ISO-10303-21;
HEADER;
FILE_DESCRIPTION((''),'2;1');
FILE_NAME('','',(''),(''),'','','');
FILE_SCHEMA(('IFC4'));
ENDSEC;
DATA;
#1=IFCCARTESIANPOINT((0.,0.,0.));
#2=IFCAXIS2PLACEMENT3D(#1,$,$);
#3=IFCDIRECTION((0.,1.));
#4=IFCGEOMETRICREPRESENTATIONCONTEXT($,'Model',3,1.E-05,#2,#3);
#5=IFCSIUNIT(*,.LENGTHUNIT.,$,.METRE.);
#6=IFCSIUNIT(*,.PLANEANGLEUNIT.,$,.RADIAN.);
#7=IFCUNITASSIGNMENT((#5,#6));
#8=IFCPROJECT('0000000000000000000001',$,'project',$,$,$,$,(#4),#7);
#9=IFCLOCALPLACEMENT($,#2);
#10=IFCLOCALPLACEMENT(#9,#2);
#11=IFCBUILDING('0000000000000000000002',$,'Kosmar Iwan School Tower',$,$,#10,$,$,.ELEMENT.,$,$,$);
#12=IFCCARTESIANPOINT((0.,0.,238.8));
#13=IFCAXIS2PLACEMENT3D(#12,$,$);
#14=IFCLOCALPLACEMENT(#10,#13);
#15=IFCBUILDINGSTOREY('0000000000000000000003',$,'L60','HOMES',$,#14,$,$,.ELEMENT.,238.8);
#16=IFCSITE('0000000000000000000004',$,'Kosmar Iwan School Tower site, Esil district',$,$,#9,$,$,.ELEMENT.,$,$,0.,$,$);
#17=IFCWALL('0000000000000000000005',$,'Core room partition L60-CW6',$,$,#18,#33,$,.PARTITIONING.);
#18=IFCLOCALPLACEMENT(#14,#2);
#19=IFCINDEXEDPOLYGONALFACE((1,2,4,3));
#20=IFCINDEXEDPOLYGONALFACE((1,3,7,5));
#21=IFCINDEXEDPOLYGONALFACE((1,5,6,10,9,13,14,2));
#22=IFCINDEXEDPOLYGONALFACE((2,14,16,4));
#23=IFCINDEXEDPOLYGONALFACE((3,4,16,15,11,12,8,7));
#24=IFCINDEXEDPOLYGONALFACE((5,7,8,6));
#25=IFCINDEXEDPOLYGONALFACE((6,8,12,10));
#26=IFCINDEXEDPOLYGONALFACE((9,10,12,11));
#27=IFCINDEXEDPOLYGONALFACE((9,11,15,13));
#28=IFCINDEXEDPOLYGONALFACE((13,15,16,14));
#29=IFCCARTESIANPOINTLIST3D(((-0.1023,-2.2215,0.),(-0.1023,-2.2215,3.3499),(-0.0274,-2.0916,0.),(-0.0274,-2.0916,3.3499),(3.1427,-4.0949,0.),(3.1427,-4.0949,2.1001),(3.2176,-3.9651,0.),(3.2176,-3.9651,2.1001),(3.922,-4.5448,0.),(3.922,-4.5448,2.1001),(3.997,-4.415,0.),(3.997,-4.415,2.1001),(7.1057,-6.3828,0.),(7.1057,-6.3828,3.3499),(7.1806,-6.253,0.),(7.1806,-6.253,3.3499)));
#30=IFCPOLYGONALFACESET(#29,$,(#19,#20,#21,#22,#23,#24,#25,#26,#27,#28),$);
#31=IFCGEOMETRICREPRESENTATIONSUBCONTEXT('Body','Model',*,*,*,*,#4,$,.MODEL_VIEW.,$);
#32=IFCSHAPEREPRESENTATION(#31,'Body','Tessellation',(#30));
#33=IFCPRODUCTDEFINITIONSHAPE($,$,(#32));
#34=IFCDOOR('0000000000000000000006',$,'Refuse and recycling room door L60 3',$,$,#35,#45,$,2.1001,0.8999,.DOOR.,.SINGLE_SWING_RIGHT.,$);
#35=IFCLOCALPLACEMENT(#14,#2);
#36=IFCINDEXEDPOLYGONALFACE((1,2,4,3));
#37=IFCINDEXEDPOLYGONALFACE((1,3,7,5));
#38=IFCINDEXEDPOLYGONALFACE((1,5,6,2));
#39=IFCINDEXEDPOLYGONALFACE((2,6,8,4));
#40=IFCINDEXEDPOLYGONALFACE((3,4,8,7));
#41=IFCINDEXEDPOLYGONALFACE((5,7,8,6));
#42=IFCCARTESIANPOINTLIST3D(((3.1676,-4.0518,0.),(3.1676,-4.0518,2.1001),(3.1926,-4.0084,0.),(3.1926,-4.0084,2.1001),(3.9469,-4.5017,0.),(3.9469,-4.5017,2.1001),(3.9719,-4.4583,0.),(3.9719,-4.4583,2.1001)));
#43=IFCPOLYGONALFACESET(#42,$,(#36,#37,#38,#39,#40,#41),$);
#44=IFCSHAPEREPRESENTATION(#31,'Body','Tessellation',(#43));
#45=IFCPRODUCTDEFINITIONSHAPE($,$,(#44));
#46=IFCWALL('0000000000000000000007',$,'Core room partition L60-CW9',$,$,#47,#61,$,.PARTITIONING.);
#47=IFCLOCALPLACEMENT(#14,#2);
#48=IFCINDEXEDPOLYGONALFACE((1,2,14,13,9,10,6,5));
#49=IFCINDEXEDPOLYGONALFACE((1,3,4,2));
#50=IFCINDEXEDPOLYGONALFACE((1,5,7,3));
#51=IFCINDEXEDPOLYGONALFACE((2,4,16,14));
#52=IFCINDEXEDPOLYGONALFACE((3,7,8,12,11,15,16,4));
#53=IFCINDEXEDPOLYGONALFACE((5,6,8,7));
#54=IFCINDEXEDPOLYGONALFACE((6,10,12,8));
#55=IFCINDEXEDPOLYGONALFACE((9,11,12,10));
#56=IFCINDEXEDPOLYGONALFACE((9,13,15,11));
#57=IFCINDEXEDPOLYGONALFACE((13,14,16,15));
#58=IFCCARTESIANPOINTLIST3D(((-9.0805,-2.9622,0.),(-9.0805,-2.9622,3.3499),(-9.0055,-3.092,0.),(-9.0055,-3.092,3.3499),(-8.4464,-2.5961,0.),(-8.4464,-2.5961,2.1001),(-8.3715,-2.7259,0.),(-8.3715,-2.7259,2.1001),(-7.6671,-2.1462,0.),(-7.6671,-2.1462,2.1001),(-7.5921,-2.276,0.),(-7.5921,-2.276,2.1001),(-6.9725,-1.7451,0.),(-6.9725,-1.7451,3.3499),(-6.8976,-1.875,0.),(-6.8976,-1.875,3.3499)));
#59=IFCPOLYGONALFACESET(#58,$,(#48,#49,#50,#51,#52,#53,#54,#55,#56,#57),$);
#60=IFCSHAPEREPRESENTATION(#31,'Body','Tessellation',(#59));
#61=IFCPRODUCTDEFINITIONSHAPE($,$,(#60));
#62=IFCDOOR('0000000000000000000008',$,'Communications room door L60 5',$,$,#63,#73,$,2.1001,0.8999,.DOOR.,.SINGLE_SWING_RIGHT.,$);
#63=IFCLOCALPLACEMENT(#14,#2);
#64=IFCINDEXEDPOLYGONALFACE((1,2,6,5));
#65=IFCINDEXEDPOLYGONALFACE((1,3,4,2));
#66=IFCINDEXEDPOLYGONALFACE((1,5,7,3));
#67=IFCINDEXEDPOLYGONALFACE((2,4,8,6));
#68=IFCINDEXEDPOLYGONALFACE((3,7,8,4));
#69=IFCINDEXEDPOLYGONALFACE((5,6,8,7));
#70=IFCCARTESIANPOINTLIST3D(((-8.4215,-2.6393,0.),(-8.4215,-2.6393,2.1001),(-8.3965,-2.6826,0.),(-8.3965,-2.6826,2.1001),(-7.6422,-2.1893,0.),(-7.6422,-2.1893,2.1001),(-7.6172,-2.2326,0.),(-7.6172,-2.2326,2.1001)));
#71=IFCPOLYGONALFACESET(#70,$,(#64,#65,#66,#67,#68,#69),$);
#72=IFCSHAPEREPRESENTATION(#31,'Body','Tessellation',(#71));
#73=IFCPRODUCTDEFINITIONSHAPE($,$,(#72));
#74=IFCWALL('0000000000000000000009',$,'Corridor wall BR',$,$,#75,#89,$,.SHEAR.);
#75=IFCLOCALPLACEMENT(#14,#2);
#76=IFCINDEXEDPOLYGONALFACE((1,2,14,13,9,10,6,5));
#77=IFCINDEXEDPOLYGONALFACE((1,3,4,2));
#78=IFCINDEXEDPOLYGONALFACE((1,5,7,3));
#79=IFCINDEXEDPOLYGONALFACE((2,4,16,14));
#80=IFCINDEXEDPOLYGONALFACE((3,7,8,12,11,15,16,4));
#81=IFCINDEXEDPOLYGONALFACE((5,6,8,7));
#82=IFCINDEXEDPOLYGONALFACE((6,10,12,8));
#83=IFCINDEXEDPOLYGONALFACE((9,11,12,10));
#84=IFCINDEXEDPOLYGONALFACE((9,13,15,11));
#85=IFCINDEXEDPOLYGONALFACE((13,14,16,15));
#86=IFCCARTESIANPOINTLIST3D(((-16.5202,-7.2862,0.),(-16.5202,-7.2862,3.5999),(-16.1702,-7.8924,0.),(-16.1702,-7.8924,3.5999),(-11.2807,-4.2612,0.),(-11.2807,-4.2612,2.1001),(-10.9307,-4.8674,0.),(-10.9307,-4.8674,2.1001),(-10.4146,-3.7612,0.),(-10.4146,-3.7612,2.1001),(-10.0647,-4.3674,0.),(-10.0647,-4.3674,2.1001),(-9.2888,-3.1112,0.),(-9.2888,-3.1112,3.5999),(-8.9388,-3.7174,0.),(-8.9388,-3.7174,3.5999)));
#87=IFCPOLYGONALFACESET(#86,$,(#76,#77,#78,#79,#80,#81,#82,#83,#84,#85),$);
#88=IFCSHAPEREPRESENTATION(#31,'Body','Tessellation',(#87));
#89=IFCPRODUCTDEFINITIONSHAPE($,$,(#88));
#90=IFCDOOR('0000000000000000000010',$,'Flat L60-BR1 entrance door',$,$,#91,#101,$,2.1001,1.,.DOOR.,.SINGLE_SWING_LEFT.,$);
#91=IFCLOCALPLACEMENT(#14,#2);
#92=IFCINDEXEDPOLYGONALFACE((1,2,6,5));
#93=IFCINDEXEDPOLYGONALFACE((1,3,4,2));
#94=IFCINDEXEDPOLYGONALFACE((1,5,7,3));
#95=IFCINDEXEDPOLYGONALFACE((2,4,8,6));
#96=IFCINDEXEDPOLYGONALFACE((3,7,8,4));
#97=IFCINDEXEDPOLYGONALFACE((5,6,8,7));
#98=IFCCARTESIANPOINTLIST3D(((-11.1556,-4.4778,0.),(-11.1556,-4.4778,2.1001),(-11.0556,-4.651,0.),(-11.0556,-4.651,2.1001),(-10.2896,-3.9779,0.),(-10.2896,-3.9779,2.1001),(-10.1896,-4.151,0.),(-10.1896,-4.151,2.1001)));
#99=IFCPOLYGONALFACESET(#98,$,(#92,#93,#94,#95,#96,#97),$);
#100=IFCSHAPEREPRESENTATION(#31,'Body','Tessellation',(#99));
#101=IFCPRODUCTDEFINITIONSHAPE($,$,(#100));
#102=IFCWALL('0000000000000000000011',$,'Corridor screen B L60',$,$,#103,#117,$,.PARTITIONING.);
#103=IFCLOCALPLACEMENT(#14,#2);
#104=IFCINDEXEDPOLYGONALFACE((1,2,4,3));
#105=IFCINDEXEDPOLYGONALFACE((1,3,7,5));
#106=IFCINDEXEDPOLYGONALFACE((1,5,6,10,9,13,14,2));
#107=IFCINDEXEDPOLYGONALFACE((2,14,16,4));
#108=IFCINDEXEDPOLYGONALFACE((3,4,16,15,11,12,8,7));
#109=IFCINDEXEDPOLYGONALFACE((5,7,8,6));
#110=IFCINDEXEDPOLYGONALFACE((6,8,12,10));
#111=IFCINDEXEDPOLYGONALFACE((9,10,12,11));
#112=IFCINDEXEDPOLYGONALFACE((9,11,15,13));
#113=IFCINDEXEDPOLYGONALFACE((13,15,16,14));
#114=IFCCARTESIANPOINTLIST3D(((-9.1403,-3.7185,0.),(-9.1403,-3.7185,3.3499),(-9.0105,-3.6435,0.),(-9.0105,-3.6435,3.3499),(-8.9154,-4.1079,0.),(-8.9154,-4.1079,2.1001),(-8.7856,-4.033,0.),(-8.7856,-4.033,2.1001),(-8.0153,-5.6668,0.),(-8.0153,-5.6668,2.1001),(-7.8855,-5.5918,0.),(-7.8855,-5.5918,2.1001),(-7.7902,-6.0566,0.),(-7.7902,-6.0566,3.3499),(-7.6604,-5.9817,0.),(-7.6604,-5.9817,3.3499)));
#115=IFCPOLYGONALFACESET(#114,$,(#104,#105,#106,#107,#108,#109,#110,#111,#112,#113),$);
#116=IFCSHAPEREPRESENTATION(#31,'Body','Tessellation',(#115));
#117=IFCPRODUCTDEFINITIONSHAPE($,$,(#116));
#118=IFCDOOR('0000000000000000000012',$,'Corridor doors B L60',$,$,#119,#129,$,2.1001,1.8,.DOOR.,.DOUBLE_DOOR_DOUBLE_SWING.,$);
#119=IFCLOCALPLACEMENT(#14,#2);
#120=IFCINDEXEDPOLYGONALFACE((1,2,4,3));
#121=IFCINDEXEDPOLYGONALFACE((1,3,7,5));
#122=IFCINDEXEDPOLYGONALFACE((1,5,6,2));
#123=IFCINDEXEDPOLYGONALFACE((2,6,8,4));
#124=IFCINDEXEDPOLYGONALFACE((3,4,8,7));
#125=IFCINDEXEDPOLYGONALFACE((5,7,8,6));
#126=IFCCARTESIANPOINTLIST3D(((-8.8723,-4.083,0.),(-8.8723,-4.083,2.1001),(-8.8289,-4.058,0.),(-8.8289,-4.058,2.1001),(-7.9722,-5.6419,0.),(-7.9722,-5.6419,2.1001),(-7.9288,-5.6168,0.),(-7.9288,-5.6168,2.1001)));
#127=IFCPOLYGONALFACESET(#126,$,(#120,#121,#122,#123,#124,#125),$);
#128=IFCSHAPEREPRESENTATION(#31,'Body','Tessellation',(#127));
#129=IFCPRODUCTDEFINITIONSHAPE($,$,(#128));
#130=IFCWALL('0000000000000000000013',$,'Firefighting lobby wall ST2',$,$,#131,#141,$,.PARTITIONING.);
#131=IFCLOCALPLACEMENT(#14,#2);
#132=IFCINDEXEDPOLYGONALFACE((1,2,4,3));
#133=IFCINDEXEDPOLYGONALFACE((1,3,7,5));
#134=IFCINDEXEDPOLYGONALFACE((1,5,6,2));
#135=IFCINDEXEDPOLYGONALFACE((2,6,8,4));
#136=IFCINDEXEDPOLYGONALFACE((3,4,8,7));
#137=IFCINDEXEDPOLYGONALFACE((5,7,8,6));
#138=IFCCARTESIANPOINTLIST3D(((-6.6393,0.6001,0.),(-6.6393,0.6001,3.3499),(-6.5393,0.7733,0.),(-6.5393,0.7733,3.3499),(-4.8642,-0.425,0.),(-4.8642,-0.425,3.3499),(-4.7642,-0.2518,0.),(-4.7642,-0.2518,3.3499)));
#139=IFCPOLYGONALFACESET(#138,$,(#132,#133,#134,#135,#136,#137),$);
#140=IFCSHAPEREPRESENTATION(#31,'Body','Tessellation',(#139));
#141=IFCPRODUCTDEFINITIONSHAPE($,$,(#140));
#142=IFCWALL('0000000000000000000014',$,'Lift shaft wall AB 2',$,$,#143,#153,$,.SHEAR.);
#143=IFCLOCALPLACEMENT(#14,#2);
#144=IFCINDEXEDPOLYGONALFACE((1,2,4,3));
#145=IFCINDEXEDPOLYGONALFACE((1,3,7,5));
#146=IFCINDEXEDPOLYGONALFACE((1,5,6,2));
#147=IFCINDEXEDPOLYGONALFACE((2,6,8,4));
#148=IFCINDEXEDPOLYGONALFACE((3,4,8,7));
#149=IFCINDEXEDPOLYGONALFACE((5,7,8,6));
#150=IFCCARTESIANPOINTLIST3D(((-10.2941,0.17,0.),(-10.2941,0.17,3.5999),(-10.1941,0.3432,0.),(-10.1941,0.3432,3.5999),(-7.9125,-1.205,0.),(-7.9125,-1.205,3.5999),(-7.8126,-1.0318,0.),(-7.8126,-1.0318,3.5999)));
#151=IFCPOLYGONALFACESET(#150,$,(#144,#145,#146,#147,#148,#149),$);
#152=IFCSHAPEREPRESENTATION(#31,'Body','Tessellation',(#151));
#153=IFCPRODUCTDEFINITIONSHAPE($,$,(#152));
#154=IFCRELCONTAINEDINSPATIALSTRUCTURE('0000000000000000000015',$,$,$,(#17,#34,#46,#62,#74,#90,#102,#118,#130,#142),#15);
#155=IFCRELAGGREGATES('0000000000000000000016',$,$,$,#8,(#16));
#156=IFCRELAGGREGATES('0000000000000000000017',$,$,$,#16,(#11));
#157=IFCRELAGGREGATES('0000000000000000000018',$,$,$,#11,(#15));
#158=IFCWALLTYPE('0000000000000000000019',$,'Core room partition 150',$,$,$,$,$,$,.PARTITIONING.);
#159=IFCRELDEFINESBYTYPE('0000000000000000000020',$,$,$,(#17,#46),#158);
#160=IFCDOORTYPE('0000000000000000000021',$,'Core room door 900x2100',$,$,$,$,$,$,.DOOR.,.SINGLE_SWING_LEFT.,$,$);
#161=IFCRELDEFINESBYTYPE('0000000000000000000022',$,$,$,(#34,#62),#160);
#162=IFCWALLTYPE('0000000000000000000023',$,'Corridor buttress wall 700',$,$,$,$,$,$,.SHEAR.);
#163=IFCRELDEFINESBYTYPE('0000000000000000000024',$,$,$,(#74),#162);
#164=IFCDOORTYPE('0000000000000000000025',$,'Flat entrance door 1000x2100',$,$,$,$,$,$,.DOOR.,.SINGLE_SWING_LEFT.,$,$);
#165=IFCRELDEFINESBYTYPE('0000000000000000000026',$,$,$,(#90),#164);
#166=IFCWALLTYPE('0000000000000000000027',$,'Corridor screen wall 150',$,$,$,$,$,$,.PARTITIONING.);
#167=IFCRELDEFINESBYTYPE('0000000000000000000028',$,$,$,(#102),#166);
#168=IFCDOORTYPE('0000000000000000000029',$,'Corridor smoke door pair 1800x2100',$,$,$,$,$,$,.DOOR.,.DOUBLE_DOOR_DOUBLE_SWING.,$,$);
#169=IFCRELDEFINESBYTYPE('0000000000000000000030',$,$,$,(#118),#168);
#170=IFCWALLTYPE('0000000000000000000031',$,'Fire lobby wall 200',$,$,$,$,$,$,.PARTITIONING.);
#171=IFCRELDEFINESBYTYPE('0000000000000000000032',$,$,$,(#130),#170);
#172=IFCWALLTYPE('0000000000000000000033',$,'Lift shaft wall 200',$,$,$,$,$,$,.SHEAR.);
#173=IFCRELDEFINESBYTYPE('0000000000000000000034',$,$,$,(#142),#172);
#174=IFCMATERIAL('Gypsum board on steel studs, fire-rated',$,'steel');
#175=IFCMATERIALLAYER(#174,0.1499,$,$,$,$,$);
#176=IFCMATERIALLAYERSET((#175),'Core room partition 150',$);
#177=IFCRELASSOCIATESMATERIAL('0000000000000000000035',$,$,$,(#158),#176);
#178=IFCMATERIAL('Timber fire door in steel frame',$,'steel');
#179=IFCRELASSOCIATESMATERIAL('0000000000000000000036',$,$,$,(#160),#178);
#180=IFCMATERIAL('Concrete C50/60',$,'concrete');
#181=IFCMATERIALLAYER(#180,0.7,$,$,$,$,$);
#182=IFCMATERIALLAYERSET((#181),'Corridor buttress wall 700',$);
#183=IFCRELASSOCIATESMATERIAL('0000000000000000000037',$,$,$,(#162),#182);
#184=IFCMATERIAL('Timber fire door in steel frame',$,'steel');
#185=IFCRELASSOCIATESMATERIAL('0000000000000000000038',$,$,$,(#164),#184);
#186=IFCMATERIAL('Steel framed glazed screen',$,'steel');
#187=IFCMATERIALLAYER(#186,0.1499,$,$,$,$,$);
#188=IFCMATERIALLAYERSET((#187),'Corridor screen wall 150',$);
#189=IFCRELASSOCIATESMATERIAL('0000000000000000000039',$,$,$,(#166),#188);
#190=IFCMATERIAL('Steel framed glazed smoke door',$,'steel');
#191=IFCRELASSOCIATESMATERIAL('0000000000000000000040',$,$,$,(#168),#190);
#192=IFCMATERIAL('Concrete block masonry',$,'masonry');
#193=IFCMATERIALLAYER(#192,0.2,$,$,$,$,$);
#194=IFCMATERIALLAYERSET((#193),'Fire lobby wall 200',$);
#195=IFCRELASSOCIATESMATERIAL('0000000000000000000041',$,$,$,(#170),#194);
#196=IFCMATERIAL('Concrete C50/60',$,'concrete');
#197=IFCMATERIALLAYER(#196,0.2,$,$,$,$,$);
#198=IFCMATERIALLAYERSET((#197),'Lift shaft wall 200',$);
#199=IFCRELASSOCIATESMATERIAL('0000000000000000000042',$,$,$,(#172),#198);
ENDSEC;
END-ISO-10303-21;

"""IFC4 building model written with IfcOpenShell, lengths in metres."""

from ifc_helpers import new_model, si_unit, direction, frame, frame_2d, origin, place, context, subcontext, project, spatial, rectangle, extrude, material, layer, layer_set, type_object, element, fill, save


model = new_model("IFC4")

# Units and contexts
model_context = context("Model", 3, precision=1e-05, world=origin(), true_north=direction((0.0, 1.0)))
body_context = subcontext(model_context, "Body", "Model", "MODEL_VIEW")
ifc_project = project(units=[si_unit("LENGTHUNIT", "METRE"), si_unit("PLANEANGLEUNIT", "RADIAN")], contexts=[model_context])

# Site, building, storey
site_placement = place(None, origin())
site = spatial("IfcSite", under=ifc_project, at=site_placement, Name="Kosmar Iwan School Tower site, Esil district", CompositionType="ELEMENT", RefElevation=0.0)
building_placement = place(site_placement, origin())
building = spatial("IfcBuilding", under=site, at=building_placement, Name="Kosmar Iwan School Tower", CompositionType="ELEMENT")
storey_placement = place(building_placement, frame((0.0, 0.0, 238.8)))
storey = spatial("IfcBuildingStorey", under=building, at=storey_placement, Name="L60", Description="HOMES", CompositionType="ELEMENT", Elevation=238.8)

# Walls, openings, doors
ifc_material_1 = material(Name="Gypsum board on steel studs, fire-rated", Category="steel")
ifc_layer_1 = layer(ifc_material_1, 0.1499)
ifc_layer_set_1 = layer_set([ifc_layer_1], Name="Core room partition 150")
wall_type_1 = type_object("IfcWallType", Name="Core room partition 150", PredefinedType="PARTITIONING", material=ifc_layer_set_1)
wall_1_placement = place(storey_placement, frame((-0.0649, -2.1565, 0.0), z_axis=(0.0, 0.0, 1.0), x_axis=(0.866034, -0.499985, 0.0)))
wall_1 = element("IfcWall", 1, at=wall_1_placement, inside=storey, type_object=wall_type_1, Name="Core room partition L60-CW6", PredefinedType="PARTITIONING", context=body_context, shape_type="SweptSolid", body=[
    extrude(rectangle(XDim=8.323, YDim=0.1499, at=frame_2d((4.1616, 0.0))), origin(), (0.0, 0.0, 1.0), 3.3499),
])
opening_1_placement = place(wall_1_placement, frame((3.7471, 0.0, 0.0)))
opening_1 = element("IfcOpeningElement", 2, at=opening_1_placement, cuts=wall_1, PredefinedType="OPENING", context=body_context, shape_type="SweptSolid", body=[
    extrude(rectangle(XDim=0.8999, YDim=2.1001, at=frame_2d((0.45, 1.05))), frame((0.0, 0.0869, 0.0), z_axis=(0.0, -1.0, 0.0), x_axis=(1.0, 0.0, 0.0)), (0.0, 0.0, 1.0), 0.1738),
])
ifc_material_2 = material(Name="Timber fire door in steel frame", Category="steel")
door_type_1 = type_object("IfcDoorType", Name="Core room door 900x2100", OperationType="SINGLE_SWING_LEFT", PredefinedType="DOOR", material=ifc_material_2)
door_1_placement = place(opening_1_placement, origin())
door_1 = element("IfcDoor", 3, at=door_1_placement, inside=storey, type_object=door_type_1, Name="Refuse and recycling room door L60 3", OperationType="SINGLE_SWING_RIGHT", OverallHeight=2.1001, OverallWidth=0.8999, PredefinedType="DOOR", context=body_context, shape_type="SweptSolid", body=[
    extrude(rectangle(XDim=0.8999, YDim=2.1001, at=frame_2d((0.45, 1.05))), frame((0.0, 0.0249, 0.0), z_axis=(0.0, -1.0, 0.0), x_axis=(1.0, 0.0, 0.0)), (0.0, 0.0, 1.0), 0.05),
])
fill(opening_1, door_1)
wall_2_placement = place(storey_placement, frame((-6.9351, -1.8101, 0.0), z_axis=(0.0, 0.0, 1.0), x_axis=(-0.866019, -0.500012, 0.0)))
wall_2 = element("IfcWall", 4, at=wall_2_placement, inside=storey, type_object=wall_type_1, Name="Core room partition L60-CW9", PredefinedType="PARTITIONING", context=body_context, shape_type="SweptSolid", body=[
    extrude(rectangle(XDim=2.4341, YDim=0.1499, at=frame_2d((1.217, 0.0))), origin(), (0.0, 0.0, 1.0), 3.3499),
])
opening_2_placement = place(wall_2_placement, frame((0.802, 0.0, 0.0)))
opening_2 = element("IfcOpeningElement", 5, at=opening_2_placement, cuts=wall_2, PredefinedType="OPENING", context=body_context, shape_type="SweptSolid", body=[
    extrude(rectangle(XDim=0.8999, YDim=2.1001, at=frame_2d((0.45, 1.05))), frame((0.0, 0.0869, 0.0), z_axis=(0.0, -1.0, 0.0), x_axis=(1.0, 0.0, 0.0)), (0.0, 0.0, 1.0), 0.1738),
])
door_2_placement = place(opening_2_placement, origin())
door_2 = element("IfcDoor", 6, at=door_2_placement, inside=storey, type_object=door_type_1, Name="Communications room door L60 5", OperationType="SINGLE_SWING_RIGHT", OverallHeight=2.1001, OverallWidth=0.8999, PredefinedType="DOOR", context=body_context, shape_type="SweptSolid", body=[
    extrude(rectangle(XDim=0.8999, YDim=2.1001, at=frame_2d((0.45, 1.05))), frame((0.0, 0.0249, 0.0), z_axis=(0.0, -1.0, 0.0), x_axis=(1.0, 0.0, 0.0)), (0.0, 0.0, 1.0), 0.05),
])
fill(opening_2, door_2)
ifc_material_3 = material(Name="Concrete C50/60", Category="concrete")
ifc_layer_2 = layer(ifc_material_3, 0.7)
ifc_layer_set_2 = layer_set([ifc_layer_2], Name="Corridor buttress wall 700")
wall_type_2 = type_object("IfcWallType", Name="Corridor buttress wall 700", PredefinedType="SHEAR", material=ifc_layer_set_2)
wall_3_placement = place(storey_placement, frame((-9.1138, -3.4143, 0.0), z_axis=(0.0, 0.0, 1.0), x_axis=(-0.866027, -0.499997, 0.0)))
wall_3 = element("IfcWall", 7, at=wall_3_placement, inside=storey, type_object=wall_type_2, Name="Corridor wall BR", PredefinedType="SHEAR", context=body_context, shape_type="SweptSolid", body=[
    extrude(rectangle(XDim=8.3501, YDim=0.7, at=frame_2d((4.175, 0.0))), origin(), (0.0, 0.0, 1.0), 3.5999),
])
opening_3_placement = place(wall_3_placement, frame((1.3, 0.0, 0.0)))
opening_3 = element("IfcOpeningElement", 8, at=opening_3_placement, cuts=wall_3, PredefinedType="OPENING", context=body_context, shape_type="SweptSolid", body=[
    extrude(rectangle(XDim=1.0, YDim=2.1001, at=frame_2d((0.5, 1.05))), frame((0.0, 0.3621, 0.0), z_axis=(0.0, -1.0, 0.0), x_axis=(1.0, 0.0, 0.0)), (0.0, 0.0, 1.0), 0.7239),
])
ifc_material_4 = material(Name="Timber fire door in steel frame", Category="steel")
door_type_2 = type_object("IfcDoorType", Name="Flat entrance door 1000x2100", OperationType="SINGLE_SWING_LEFT", PredefinedType="DOOR", material=ifc_material_4)
door_3_placement = place(opening_3_placement, origin())
door_3 = element("IfcDoor", 9, at=door_3_placement, inside=storey, type_object=door_type_2, Name="Flat L60-BR1 entrance door", OperationType="SINGLE_SWING_LEFT", OverallHeight=2.1001, OverallWidth=1.0, PredefinedType="DOOR", context=body_context, shape_type="SweptSolid", body=[
    extrude(rectangle(XDim=1.0, YDim=2.1001, at=frame_2d((0.5, 1.05))), frame((0.0, 0.1001, 0.0), z_axis=(0.0, -1.0, 0.0), x_axis=(1.0, 0.0, 0.0)), (0.0, 0.0, 1.0), 0.2),
])
fill(opening_3, door_3)
ifc_material_5 = material(Name="Steel framed glazed screen", Category="steel")
ifc_layer_3 = layer(ifc_material_5, 0.1499)
ifc_layer_set_3 = layer_set([ifc_layer_3], Name="Corridor screen wall 150")
wall_type_3 = type_object("IfcWallType", Name="Corridor screen wall 150", PredefinedType="PARTITIONING", material=ifc_layer_set_3)
wall_4_placement = place(storey_placement, frame((-9.0754, -3.6809, 0.0), z_axis=(0.0, 0.0, 1.0), x_axis=(0.500049, -0.865997, 0.0)))
wall_4 = element("IfcWall", 10, at=wall_4_placement, inside=storey, type_object=wall_type_3, Name="Corridor screen B L60", PredefinedType="PARTITIONING", context=body_context, shape_type="SweptSolid", body=[
    extrude(rectangle(XDim=2.7, YDim=0.1499, at=frame_2d((1.3501, 0.0))), origin(), (0.0, 0.0, 1.0), 3.3499),
])
opening_4_placement = place(wall_4_placement, frame((0.45, 0.0, 0.0)))
opening_4 = element("IfcOpeningElement", 11, at=opening_4_placement, cuts=wall_4, PredefinedType="OPENING", context=body_context, shape_type="SweptSolid", body=[
    extrude(rectangle(XDim=1.8, YDim=2.1001, at=frame_2d((0.8999, 1.05))), frame((0.0, 0.0869, 0.0), z_axis=(0.0, -1.0, 0.0), x_axis=(1.0, 0.0, 0.0)), (0.0, 0.0, 1.0), 0.1738),
])
ifc_material_6 = material(Name="Steel framed glazed smoke door", Category="steel")
door_type_3 = type_object("IfcDoorType", Name="Corridor smoke door pair 1800x2100", OperationType="DOUBLE_DOOR_DOUBLE_SWING", PredefinedType="DOOR", material=ifc_material_6)
door_4_placement = place(opening_4_placement, origin())
door_4 = element("IfcDoor", 12, at=door_4_placement, inside=storey, type_object=door_type_3, Name="Corridor doors B L60", OperationType="DOUBLE_DOOR_DOUBLE_SWING", OverallHeight=2.1001, OverallWidth=1.8, PredefinedType="DOOR", context=body_context, shape_type="SweptSolid", body=[
    extrude(rectangle(XDim=1.8, YDim=2.1001, at=frame_2d((0.8999, 1.05))), frame((0.0, 0.0249, 0.0), z_axis=(0.0, -1.0, 0.0), x_axis=(1.0, 0.0, 0.0)), (0.0, 0.0, 1.0), 0.05),
])
fill(opening_4, door_4)

# Walls
ifc_material_7 = material(Name="Concrete block masonry", Category="masonry")
ifc_layer_4 = layer(ifc_material_7, 0.2)
ifc_layer_set_4 = layer_set([ifc_layer_4], Name="Fire lobby wall 200")
wall_type_4 = type_object("IfcWallType", Name="Fire lobby wall 200", PredefinedType="PARTITIONING", material=ifc_layer_set_4)
wall_5_placement = place(storey_placement, frame((-4.8142, -0.3384, 0.0), z_axis=(0.0, 0.0, 1.0), x_axis=(-0.865969, 0.500097, 0.0)))
element("IfcWall", 13, at=wall_5_placement, inside=storey, type_object=wall_type_4, Name="Firefighting lobby wall ST2", PredefinedType="PARTITIONING", context=body_context, shape_type="SweptSolid", body=[
    extrude(rectangle(XDim=2.0498, YDim=0.2, at=frame_2d((1.0249, 0.0))), origin(), (0.0, 0.0, 1.0), 3.3499),
])
ifc_material_8 = material(Name="Concrete C50/60", Category="concrete")
ifc_layer_5 = layer(ifc_material_8, 0.2)
ifc_layer_set_5 = layer_set([ifc_layer_5], Name="Lift shaft wall 200")
wall_type_5 = type_object("IfcWallType", Name="Lift shaft wall 200", PredefinedType="SHEAR", material=ifc_layer_set_5)
wall_6_placement = place(storey_placement, frame((-7.8625, -1.1184, 0.0), z_axis=(0.0, 0.0, 1.0), x_axis=(-0.866027, 0.499997, 0.0)))
element("IfcWall", 14, at=wall_6_placement, inside=storey, type_object=wall_type_5, Name="Lift shaft wall AB 2", PredefinedType="SHEAR", context=body_context, shape_type="SweptSolid", body=[
    extrude(rectangle(XDim=2.75, YDim=0.2, at=frame_2d((1.375, 0.0))), origin(), (0.0, 0.0, 1.0), 3.5999),
])

save(model, "model.ifc")
